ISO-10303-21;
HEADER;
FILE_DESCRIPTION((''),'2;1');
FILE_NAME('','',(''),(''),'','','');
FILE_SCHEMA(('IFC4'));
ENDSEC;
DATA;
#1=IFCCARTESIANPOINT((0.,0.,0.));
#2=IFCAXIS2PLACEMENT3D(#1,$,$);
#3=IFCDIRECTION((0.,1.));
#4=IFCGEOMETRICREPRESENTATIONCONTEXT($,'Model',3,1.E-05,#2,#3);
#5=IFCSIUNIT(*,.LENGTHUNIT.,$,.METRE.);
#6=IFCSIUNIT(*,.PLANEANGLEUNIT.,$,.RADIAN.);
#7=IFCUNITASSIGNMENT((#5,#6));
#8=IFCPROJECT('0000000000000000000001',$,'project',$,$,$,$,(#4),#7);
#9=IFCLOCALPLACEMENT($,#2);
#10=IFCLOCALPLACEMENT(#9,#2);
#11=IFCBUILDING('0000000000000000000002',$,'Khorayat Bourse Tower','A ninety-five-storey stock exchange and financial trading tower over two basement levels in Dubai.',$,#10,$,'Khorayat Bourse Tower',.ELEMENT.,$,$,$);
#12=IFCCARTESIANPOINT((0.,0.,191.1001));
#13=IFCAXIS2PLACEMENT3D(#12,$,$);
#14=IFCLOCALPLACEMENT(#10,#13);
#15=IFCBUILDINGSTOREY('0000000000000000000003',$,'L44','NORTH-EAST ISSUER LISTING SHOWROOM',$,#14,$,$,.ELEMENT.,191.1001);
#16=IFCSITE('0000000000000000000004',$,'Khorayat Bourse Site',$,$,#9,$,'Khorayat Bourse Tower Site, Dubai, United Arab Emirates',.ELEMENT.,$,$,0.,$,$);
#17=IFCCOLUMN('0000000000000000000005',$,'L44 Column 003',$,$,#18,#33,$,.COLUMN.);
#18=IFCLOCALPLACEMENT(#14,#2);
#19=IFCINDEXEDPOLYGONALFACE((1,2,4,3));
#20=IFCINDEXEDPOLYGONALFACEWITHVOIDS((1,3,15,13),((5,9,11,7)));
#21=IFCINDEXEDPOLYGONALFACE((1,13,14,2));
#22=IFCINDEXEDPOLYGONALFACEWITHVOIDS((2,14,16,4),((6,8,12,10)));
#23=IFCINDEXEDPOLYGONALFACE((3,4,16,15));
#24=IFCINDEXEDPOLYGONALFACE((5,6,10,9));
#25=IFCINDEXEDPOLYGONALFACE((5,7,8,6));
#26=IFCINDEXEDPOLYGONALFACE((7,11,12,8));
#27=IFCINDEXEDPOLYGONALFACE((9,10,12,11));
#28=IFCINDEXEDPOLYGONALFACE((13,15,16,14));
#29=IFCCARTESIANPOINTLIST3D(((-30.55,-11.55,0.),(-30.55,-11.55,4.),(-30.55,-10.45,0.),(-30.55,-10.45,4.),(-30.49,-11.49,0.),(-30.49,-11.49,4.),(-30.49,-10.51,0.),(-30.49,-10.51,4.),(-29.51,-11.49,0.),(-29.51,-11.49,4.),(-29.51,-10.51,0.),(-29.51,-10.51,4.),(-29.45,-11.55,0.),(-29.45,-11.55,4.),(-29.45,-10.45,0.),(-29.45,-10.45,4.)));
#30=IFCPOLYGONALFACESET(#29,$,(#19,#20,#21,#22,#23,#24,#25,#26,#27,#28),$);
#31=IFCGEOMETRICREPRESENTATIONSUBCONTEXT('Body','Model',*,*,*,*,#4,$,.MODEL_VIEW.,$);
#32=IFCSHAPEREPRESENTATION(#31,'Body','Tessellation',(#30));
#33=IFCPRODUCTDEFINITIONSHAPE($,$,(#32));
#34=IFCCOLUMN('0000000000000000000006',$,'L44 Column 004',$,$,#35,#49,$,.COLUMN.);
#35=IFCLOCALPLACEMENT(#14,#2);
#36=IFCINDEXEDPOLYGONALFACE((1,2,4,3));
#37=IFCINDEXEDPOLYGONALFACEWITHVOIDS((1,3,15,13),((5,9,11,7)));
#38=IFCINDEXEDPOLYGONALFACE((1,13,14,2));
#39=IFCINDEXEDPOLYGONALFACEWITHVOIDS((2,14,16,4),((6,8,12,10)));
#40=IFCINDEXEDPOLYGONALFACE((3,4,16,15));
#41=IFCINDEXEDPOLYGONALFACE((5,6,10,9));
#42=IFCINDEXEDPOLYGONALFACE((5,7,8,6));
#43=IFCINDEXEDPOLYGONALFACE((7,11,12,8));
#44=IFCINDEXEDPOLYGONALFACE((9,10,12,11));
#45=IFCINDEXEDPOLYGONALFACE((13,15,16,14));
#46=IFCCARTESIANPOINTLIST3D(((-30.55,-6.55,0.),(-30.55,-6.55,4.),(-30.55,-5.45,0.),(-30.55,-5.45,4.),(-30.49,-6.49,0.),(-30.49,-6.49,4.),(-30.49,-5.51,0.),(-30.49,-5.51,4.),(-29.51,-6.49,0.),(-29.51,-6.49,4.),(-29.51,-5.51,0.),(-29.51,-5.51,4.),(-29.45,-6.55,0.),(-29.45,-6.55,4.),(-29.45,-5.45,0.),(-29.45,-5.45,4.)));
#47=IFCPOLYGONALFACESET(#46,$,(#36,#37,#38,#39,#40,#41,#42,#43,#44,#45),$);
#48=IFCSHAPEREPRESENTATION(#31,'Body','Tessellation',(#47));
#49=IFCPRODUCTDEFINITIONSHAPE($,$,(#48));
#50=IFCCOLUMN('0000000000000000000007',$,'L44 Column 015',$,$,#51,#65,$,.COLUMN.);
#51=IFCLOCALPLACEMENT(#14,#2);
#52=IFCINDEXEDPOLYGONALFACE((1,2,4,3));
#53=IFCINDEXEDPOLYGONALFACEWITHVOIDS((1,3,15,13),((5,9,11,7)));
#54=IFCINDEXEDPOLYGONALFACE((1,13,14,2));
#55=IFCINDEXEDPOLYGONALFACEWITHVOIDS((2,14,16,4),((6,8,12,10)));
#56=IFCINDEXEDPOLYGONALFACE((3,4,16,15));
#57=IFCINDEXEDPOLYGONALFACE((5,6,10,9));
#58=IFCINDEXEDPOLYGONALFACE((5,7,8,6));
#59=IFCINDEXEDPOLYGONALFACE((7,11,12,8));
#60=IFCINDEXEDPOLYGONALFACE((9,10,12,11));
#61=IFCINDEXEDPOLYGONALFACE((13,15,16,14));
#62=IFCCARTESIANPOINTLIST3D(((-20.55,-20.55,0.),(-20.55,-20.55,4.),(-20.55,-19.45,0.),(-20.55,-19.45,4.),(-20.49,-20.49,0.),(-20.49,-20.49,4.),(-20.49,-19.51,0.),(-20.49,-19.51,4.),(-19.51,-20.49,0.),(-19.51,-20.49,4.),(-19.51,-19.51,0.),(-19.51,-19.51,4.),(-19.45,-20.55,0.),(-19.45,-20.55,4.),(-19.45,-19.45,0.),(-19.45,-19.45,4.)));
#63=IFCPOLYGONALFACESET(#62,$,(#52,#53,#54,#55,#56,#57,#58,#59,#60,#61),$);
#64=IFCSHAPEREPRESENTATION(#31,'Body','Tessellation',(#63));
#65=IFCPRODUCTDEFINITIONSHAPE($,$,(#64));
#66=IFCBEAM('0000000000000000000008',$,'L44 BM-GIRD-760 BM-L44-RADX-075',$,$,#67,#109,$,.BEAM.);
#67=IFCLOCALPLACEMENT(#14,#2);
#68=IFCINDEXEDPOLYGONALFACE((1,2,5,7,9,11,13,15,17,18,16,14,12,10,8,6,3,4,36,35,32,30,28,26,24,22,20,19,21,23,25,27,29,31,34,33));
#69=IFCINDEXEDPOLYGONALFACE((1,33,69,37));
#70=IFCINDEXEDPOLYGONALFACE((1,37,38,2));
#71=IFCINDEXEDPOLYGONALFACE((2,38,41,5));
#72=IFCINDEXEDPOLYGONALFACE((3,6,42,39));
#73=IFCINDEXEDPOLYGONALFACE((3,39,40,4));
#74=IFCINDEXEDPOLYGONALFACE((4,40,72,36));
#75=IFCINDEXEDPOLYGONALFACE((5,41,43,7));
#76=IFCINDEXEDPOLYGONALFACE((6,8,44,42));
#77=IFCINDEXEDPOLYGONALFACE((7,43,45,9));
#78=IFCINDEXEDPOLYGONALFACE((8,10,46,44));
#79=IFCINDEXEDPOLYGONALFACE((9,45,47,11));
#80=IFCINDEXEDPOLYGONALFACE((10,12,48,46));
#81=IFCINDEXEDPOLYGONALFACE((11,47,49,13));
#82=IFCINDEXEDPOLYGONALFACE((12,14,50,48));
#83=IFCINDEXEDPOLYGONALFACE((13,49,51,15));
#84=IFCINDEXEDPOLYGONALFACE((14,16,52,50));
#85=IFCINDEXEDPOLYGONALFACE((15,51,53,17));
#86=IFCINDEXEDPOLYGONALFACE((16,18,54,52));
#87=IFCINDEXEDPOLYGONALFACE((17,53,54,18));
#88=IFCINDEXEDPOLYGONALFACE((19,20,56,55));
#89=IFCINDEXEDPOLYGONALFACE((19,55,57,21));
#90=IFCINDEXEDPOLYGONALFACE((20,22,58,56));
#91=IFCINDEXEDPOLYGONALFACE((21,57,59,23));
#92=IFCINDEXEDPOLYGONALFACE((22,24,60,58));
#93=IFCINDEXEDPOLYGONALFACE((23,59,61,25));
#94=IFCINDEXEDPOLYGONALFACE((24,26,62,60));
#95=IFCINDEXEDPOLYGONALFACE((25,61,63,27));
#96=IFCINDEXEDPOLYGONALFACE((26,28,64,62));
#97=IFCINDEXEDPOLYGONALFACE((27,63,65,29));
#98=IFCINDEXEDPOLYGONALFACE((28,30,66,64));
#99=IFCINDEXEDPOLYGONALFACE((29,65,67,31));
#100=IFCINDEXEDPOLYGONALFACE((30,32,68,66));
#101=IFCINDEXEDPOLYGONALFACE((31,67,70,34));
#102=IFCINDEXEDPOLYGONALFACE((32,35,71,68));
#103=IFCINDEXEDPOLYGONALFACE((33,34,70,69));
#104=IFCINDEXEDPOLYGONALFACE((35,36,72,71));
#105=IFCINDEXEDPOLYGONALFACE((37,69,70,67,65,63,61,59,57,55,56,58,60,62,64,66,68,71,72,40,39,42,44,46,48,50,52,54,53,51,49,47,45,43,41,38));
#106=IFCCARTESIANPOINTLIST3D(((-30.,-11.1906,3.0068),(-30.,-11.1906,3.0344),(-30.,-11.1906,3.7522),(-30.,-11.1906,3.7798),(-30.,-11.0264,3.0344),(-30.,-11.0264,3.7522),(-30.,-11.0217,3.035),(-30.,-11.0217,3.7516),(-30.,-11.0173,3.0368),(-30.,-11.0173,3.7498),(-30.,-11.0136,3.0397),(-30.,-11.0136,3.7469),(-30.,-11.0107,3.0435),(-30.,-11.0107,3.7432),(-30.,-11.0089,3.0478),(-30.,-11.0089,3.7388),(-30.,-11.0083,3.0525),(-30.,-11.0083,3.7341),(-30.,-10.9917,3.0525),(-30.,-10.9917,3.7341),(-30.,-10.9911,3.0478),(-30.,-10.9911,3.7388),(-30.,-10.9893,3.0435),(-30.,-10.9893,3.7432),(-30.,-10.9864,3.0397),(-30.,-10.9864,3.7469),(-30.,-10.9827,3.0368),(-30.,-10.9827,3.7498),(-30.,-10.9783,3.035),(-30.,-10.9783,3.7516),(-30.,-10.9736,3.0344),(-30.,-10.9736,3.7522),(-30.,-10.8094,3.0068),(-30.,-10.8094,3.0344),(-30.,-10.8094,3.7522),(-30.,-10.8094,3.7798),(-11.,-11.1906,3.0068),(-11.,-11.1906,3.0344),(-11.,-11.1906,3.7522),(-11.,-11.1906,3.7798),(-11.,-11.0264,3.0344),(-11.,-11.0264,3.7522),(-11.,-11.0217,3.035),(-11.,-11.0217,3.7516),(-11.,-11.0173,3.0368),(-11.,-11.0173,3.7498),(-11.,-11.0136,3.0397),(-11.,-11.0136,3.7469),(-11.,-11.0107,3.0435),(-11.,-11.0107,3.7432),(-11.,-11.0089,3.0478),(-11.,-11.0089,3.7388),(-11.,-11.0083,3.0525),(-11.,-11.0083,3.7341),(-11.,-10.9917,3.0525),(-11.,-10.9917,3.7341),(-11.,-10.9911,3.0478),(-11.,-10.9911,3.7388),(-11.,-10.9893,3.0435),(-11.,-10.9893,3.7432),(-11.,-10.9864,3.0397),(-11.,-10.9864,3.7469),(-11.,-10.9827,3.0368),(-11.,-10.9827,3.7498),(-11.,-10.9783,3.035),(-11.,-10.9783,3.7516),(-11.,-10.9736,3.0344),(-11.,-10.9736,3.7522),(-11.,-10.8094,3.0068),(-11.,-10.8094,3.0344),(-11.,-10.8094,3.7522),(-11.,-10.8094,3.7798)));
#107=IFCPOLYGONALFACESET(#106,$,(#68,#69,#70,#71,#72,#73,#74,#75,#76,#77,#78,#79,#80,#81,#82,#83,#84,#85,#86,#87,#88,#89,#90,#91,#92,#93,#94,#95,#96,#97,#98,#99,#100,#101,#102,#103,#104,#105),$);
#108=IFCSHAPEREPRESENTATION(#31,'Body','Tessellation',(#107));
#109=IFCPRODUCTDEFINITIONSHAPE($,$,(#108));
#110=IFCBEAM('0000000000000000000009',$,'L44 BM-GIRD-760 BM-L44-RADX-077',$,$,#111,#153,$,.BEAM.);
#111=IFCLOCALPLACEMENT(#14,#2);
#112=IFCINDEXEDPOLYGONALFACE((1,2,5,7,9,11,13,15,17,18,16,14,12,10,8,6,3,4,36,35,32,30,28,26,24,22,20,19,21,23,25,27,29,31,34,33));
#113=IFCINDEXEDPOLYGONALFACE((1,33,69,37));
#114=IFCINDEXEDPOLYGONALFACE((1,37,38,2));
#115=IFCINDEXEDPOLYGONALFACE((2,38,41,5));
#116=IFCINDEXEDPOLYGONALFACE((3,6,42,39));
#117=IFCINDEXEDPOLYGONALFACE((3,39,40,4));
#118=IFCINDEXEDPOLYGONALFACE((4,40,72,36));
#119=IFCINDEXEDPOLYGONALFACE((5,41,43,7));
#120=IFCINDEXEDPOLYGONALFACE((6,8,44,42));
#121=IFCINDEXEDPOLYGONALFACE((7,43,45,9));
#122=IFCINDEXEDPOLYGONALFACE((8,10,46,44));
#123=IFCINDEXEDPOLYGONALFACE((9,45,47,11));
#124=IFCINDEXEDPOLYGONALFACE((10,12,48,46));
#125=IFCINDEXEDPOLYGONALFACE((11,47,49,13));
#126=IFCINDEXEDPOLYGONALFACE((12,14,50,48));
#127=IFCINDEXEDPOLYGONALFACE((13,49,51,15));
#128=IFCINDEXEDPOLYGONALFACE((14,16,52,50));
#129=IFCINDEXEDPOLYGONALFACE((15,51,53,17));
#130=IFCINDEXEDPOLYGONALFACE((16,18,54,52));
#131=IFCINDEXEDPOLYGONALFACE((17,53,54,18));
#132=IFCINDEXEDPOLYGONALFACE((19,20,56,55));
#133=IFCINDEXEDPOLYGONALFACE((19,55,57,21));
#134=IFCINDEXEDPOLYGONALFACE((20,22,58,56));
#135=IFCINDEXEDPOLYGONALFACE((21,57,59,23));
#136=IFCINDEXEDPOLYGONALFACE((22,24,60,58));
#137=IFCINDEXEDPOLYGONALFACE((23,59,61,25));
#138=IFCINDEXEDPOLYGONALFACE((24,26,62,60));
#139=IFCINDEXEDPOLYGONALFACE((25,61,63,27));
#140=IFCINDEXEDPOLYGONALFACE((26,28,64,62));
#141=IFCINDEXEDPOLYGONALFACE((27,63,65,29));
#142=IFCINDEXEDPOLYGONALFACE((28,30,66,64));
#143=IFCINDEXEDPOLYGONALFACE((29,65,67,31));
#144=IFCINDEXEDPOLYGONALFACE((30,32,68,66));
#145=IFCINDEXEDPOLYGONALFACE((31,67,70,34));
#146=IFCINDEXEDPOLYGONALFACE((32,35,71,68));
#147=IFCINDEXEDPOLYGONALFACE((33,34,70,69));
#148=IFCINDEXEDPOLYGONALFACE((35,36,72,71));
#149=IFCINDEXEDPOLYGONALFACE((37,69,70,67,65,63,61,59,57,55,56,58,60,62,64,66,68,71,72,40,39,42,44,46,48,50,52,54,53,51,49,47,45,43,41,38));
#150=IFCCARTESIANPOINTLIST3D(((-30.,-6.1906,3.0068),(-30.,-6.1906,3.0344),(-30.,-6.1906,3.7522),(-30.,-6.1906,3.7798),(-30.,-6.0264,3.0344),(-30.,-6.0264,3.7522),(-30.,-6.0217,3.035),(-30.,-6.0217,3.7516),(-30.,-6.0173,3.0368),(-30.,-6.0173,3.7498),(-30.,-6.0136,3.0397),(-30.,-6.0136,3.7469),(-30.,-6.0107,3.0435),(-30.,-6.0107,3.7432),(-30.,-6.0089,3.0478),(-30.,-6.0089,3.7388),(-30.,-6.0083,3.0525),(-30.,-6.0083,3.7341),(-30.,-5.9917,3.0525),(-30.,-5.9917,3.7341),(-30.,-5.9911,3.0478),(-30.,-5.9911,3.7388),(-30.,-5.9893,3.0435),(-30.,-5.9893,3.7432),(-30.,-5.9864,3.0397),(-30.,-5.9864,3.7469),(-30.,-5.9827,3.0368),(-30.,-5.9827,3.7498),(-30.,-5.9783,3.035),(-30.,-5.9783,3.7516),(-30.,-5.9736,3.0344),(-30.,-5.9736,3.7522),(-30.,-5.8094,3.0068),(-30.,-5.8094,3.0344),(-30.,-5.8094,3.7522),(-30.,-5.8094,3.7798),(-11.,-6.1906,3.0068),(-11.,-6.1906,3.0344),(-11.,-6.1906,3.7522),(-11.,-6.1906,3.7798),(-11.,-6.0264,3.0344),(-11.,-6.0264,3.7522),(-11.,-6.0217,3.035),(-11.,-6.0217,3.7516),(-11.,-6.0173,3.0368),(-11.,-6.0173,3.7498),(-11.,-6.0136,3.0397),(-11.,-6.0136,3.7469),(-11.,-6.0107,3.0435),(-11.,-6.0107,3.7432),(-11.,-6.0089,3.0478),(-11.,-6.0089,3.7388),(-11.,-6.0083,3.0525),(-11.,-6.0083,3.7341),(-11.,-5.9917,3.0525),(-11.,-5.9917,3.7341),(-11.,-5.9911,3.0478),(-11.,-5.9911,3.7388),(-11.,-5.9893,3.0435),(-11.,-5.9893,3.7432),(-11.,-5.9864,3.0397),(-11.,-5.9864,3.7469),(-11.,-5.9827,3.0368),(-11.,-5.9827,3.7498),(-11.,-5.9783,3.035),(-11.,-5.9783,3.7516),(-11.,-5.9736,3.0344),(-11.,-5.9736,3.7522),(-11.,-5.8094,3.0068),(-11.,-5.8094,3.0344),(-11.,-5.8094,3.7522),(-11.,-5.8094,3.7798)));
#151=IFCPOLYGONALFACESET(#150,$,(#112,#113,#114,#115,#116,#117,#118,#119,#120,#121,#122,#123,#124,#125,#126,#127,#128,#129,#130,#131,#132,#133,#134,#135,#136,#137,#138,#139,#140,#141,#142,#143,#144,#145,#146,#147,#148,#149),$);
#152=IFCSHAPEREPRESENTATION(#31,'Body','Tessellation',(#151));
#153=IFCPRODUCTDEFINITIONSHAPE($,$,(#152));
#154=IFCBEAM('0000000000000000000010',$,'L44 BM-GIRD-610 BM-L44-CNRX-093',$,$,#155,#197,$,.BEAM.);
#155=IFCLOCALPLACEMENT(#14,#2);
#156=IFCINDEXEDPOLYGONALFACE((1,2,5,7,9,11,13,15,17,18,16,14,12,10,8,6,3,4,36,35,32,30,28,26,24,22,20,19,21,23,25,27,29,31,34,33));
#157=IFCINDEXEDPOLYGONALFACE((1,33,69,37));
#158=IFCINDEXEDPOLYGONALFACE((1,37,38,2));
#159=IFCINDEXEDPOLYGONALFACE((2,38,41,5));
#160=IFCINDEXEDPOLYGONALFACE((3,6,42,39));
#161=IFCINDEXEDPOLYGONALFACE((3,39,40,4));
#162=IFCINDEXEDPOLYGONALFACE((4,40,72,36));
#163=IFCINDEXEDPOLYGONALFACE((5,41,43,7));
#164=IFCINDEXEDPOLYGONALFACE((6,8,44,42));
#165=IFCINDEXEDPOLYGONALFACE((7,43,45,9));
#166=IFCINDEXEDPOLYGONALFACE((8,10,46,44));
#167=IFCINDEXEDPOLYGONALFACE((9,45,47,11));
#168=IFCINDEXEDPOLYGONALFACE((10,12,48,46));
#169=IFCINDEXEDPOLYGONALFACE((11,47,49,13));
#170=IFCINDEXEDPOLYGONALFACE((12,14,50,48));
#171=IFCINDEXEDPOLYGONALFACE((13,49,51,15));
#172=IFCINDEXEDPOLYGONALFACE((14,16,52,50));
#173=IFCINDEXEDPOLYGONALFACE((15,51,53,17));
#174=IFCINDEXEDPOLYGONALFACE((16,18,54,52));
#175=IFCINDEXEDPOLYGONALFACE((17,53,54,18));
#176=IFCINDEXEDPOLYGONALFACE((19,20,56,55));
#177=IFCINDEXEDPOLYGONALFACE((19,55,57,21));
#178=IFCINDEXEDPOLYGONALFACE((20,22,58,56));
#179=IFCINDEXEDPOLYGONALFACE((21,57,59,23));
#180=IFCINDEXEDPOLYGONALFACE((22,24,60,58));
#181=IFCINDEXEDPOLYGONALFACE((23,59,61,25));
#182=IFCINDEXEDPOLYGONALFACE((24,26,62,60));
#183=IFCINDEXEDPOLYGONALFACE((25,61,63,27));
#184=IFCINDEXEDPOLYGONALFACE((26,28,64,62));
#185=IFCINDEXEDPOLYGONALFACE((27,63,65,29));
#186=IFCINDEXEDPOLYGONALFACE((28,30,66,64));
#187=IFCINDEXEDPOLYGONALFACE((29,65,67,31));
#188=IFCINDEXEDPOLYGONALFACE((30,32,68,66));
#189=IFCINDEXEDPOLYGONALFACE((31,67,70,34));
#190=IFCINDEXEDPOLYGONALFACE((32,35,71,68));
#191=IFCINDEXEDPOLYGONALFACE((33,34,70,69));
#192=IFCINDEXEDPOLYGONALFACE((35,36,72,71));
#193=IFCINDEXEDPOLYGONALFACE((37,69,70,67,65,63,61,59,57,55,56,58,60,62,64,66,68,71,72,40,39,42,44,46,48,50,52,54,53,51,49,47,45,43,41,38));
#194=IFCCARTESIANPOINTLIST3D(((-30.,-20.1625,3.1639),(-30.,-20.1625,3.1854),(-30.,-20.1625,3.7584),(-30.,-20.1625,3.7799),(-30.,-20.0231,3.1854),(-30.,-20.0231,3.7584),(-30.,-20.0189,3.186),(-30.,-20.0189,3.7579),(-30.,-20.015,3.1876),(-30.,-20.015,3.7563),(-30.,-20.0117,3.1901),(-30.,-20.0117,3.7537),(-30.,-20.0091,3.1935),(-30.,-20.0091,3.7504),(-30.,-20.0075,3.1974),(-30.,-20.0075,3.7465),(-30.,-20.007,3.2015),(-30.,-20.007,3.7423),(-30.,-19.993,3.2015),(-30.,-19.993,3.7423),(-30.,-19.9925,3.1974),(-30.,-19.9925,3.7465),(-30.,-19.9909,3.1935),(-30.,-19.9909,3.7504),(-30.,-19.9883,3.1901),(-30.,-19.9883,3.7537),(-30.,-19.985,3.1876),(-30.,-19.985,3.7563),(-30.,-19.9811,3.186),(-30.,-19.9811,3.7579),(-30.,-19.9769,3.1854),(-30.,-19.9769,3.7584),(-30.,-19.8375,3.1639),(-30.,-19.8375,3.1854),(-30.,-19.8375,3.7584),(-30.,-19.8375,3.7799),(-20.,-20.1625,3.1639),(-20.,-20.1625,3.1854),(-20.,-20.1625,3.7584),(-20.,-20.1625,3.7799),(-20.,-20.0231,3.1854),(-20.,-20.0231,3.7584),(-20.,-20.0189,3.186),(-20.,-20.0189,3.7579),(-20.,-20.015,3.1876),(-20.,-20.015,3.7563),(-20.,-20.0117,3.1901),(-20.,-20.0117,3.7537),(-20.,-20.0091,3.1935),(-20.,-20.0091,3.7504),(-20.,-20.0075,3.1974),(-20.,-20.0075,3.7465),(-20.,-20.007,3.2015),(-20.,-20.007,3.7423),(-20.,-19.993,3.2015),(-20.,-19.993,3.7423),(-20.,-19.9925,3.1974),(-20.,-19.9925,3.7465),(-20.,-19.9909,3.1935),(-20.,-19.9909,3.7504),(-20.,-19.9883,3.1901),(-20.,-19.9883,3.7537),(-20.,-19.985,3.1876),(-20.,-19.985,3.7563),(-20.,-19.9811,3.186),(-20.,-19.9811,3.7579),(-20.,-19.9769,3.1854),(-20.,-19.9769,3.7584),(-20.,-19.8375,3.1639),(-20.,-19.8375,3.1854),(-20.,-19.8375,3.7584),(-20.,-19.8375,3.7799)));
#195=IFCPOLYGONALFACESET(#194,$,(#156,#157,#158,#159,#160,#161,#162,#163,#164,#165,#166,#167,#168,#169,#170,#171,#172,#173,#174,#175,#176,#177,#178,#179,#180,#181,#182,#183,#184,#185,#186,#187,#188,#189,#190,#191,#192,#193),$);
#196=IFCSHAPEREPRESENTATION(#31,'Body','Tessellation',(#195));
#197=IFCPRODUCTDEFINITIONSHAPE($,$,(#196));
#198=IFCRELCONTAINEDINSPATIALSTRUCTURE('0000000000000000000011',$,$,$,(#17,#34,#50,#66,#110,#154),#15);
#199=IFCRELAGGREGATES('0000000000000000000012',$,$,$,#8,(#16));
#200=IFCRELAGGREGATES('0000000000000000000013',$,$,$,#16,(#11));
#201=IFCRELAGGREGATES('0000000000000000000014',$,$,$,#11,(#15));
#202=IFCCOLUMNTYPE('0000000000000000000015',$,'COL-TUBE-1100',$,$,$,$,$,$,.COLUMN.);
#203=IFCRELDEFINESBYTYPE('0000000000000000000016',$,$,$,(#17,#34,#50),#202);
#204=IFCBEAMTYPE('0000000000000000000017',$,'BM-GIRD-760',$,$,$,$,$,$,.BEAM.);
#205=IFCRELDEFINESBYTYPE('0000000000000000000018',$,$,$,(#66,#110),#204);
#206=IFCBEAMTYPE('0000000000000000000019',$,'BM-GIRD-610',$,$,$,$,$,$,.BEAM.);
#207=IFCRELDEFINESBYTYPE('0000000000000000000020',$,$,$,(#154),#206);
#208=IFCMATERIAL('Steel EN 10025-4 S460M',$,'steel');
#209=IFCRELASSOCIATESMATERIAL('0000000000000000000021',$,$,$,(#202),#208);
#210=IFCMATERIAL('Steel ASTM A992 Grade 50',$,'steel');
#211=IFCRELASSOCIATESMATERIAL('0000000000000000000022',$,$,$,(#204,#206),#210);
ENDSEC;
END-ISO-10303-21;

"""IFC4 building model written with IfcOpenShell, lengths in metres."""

from ifc_helpers import new_model, si_unit, direction, frame, origin, origin_2d, place, context, subcontext, project, spatial, hollow_rectangle, i_section, extrude, source, transform, mapped, material, material_profile, profile_set, type_object, element, save


model = new_model("IFC4")

# Units and contexts
model_context = context("Model", 3, precision=1e-05, world=origin(), true_north=direction((0.0, 1.0)))
body_context = subcontext(model_context, "Body", "Model", "MODEL_VIEW")
ifc_project = project(units=[si_unit("LENGTHUNIT", "METRE"), si_unit("PLANEANGLEUNIT", "RADIAN")], contexts=[model_context])

# Site, building, storey
site_placement = place(None, origin())
site = spatial("IfcSite", under=ifc_project, at=site_placement, Name="Khorayat Bourse Site", LongName="Khorayat Bourse Tower Site, Dubai, United Arab Emirates", CompositionType="ELEMENT", RefElevation=0.0)
building_placement = place(site_placement, origin())
building = spatial("IfcBuilding", under=site, at=building_placement, Name="Khorayat Bourse Tower", Description="A ninety-five-storey stock exchange and financial trading tower over two basement levels in Dubai.", LongName="Khorayat Bourse Tower", CompositionType="ELEMENT")
storey_placement = place(building_placement, frame((0.0, 0.0, 191.1001)))
storey = spatial("IfcBuildingStorey", under=building, at=storey_placement, Name="L44", Description="NORTH-EAST ISSUER LISTING SHOWROOM", CompositionType="ELEMENT", Elevation=191.1001)

# Columns
ifc_material_1 = material(Name="Steel EN 10025-4 S460M", Category="steel")
ifc_material_profile_1 = material_profile(ifc_material_1, hollow_rectangle(XDim=1.1001, YDim=1.1001, WallThickness=0.0601, at=origin_2d()), Name="BOX 1100x1100x60")
ifc_profile_set_1 = profile_set([ifc_material_profile_1], Name="Steel EN 10025-4 S460M")
column_type = type_object("IfcColumnType", Name="COL-TUBE-1100", PredefinedType="COLUMN", material=ifc_profile_set_1)
shared_shape_1 = source(origin(), body_context, "Body", "SweptSolid", [
    extrude(hollow_rectangle(XDim=1.1001, YDim=1.1001, WallThickness=0.0601, at=origin_2d()), origin(), (0.0, 0.0, 1.0), 4.0),
])
for number, where, z_axis, x_axis, name in (
    (1, (-30.0, -11.0, 0.0), (0.0, 0.0, 1.0), (1.0, 0.0, 0.0), "L44 Column 003"),
    (2, (-30.0, -6.0, 0.0), (0.0, 0.0, 1.0), (1.0, 0.0, 0.0), "L44 Column 004"),
    (3, (-20.0, -20.0, 0.0), (0.0, 0.0, 1.0), (1.0, 0.0, 0.0), "L44 Column 015"),
):
    element("IfcColumn", number, at=place(storey_placement, frame(where, z_axis=z_axis, x_axis=x_axis)), inside=storey, type_object=column_type, Name=name, PredefinedType="COLUMN", context=body_context, shape_type="MappedRepresentation", body=[
        mapped(shared_shape_1, transform((0.0, 0.0, 0.0), scale=1.0)),
    ])

# Beams
ifc_material_2 = material(Name="Steel ASTM A992 Grade 50", Category="steel")
ifc_material_profile_2 = material_profile(ifc_material_2, i_section(OverallWidth=0.3811, OverallDepth=0.7729, WebThickness=0.0166, FlangeThickness=0.0276, FilletRadius=0.0181, at=origin_2d()), Name="W760X257")
ifc_profile_set_2 = profile_set([ifc_material_profile_2], Name="Steel ASTM A992 Grade 50")
beam_type_1 = type_object("IfcBeamType", Name="BM-GIRD-760", PredefinedType="BEAM", material=ifc_profile_set_2)
shared_shape_2 = source(origin(), body_context, "Body", "SweptSolid", [
    extrude(i_section(OverallWidth=0.3811, OverallDepth=0.7729, WebThickness=0.0166, FlangeThickness=0.0276, FilletRadius=0.0181, at=origin_2d()), origin(), (0.0, 0.0, 1.0), 19.0),
])
for number, where, z_axis, x_axis, name in (
    (4, (-30.0, -11.0, 3.3933), (1.0, 0.0, 0.0), (0.0, 1.0, 0.0), "L44 BM-GIRD-760 BM-L44-RADX-075"),
    (5, (-30.0, -6.0, 3.3933), (1.0, 0.0, 0.0), (0.0, 1.0, 0.0), "L44 BM-GIRD-760 BM-L44-RADX-077"),
):
    element("IfcBeam", number, at=place(storey_placement, frame(where, z_axis=z_axis, x_axis=x_axis)), inside=storey, type_object=beam_type_1, Name=name, PredefinedType="BEAM", context=body_context, shape_type="MappedRepresentation", body=[
        mapped(shared_shape_2, transform((0.0, 0.0, 0.0), scale=1.0)),
    ])
ifc_material_profile_3 = material_profile(ifc_material_2, i_section(OverallWidth=0.325, OverallDepth=0.616, WebThickness=0.0139, FlangeThickness=0.0215, FilletRadius=0.0161, at=origin_2d()), Name="W610X174")
ifc_profile_set_3 = profile_set([ifc_material_profile_3], Name="Steel ASTM A992 Grade 50")
beam_type_2 = type_object("IfcBeamType", Name="BM-GIRD-610", PredefinedType="BEAM", material=ifc_profile_set_3)
shared_shape_3 = source(origin(), body_context, "Body", "SweptSolid", [
    extrude(i_section(OverallWidth=0.325, OverallDepth=0.616, WebThickness=0.0139, FlangeThickness=0.0215, FilletRadius=0.0161, at=origin_2d()), origin(), (0.0, 0.0, 1.0), 10.0),
])
beam_1_placement = place(storey_placement, frame((-30.0, -20.0, 3.4719), z_axis=(1.0, 0.0, 0.0), x_axis=(0.0, 1.0, 0.0)))
element("IfcBeam", 6, at=beam_1_placement, inside=storey, type_object=beam_type_2, Name="L44 BM-GIRD-610 BM-L44-CNRX-093", PredefinedType="BEAM", context=body_context, shape_type="MappedRepresentation", body=[
    mapped(shared_shape_3, transform((0.0, 0.0, 0.0), scale=1.0)),
])

save(model, "model.ifc")
